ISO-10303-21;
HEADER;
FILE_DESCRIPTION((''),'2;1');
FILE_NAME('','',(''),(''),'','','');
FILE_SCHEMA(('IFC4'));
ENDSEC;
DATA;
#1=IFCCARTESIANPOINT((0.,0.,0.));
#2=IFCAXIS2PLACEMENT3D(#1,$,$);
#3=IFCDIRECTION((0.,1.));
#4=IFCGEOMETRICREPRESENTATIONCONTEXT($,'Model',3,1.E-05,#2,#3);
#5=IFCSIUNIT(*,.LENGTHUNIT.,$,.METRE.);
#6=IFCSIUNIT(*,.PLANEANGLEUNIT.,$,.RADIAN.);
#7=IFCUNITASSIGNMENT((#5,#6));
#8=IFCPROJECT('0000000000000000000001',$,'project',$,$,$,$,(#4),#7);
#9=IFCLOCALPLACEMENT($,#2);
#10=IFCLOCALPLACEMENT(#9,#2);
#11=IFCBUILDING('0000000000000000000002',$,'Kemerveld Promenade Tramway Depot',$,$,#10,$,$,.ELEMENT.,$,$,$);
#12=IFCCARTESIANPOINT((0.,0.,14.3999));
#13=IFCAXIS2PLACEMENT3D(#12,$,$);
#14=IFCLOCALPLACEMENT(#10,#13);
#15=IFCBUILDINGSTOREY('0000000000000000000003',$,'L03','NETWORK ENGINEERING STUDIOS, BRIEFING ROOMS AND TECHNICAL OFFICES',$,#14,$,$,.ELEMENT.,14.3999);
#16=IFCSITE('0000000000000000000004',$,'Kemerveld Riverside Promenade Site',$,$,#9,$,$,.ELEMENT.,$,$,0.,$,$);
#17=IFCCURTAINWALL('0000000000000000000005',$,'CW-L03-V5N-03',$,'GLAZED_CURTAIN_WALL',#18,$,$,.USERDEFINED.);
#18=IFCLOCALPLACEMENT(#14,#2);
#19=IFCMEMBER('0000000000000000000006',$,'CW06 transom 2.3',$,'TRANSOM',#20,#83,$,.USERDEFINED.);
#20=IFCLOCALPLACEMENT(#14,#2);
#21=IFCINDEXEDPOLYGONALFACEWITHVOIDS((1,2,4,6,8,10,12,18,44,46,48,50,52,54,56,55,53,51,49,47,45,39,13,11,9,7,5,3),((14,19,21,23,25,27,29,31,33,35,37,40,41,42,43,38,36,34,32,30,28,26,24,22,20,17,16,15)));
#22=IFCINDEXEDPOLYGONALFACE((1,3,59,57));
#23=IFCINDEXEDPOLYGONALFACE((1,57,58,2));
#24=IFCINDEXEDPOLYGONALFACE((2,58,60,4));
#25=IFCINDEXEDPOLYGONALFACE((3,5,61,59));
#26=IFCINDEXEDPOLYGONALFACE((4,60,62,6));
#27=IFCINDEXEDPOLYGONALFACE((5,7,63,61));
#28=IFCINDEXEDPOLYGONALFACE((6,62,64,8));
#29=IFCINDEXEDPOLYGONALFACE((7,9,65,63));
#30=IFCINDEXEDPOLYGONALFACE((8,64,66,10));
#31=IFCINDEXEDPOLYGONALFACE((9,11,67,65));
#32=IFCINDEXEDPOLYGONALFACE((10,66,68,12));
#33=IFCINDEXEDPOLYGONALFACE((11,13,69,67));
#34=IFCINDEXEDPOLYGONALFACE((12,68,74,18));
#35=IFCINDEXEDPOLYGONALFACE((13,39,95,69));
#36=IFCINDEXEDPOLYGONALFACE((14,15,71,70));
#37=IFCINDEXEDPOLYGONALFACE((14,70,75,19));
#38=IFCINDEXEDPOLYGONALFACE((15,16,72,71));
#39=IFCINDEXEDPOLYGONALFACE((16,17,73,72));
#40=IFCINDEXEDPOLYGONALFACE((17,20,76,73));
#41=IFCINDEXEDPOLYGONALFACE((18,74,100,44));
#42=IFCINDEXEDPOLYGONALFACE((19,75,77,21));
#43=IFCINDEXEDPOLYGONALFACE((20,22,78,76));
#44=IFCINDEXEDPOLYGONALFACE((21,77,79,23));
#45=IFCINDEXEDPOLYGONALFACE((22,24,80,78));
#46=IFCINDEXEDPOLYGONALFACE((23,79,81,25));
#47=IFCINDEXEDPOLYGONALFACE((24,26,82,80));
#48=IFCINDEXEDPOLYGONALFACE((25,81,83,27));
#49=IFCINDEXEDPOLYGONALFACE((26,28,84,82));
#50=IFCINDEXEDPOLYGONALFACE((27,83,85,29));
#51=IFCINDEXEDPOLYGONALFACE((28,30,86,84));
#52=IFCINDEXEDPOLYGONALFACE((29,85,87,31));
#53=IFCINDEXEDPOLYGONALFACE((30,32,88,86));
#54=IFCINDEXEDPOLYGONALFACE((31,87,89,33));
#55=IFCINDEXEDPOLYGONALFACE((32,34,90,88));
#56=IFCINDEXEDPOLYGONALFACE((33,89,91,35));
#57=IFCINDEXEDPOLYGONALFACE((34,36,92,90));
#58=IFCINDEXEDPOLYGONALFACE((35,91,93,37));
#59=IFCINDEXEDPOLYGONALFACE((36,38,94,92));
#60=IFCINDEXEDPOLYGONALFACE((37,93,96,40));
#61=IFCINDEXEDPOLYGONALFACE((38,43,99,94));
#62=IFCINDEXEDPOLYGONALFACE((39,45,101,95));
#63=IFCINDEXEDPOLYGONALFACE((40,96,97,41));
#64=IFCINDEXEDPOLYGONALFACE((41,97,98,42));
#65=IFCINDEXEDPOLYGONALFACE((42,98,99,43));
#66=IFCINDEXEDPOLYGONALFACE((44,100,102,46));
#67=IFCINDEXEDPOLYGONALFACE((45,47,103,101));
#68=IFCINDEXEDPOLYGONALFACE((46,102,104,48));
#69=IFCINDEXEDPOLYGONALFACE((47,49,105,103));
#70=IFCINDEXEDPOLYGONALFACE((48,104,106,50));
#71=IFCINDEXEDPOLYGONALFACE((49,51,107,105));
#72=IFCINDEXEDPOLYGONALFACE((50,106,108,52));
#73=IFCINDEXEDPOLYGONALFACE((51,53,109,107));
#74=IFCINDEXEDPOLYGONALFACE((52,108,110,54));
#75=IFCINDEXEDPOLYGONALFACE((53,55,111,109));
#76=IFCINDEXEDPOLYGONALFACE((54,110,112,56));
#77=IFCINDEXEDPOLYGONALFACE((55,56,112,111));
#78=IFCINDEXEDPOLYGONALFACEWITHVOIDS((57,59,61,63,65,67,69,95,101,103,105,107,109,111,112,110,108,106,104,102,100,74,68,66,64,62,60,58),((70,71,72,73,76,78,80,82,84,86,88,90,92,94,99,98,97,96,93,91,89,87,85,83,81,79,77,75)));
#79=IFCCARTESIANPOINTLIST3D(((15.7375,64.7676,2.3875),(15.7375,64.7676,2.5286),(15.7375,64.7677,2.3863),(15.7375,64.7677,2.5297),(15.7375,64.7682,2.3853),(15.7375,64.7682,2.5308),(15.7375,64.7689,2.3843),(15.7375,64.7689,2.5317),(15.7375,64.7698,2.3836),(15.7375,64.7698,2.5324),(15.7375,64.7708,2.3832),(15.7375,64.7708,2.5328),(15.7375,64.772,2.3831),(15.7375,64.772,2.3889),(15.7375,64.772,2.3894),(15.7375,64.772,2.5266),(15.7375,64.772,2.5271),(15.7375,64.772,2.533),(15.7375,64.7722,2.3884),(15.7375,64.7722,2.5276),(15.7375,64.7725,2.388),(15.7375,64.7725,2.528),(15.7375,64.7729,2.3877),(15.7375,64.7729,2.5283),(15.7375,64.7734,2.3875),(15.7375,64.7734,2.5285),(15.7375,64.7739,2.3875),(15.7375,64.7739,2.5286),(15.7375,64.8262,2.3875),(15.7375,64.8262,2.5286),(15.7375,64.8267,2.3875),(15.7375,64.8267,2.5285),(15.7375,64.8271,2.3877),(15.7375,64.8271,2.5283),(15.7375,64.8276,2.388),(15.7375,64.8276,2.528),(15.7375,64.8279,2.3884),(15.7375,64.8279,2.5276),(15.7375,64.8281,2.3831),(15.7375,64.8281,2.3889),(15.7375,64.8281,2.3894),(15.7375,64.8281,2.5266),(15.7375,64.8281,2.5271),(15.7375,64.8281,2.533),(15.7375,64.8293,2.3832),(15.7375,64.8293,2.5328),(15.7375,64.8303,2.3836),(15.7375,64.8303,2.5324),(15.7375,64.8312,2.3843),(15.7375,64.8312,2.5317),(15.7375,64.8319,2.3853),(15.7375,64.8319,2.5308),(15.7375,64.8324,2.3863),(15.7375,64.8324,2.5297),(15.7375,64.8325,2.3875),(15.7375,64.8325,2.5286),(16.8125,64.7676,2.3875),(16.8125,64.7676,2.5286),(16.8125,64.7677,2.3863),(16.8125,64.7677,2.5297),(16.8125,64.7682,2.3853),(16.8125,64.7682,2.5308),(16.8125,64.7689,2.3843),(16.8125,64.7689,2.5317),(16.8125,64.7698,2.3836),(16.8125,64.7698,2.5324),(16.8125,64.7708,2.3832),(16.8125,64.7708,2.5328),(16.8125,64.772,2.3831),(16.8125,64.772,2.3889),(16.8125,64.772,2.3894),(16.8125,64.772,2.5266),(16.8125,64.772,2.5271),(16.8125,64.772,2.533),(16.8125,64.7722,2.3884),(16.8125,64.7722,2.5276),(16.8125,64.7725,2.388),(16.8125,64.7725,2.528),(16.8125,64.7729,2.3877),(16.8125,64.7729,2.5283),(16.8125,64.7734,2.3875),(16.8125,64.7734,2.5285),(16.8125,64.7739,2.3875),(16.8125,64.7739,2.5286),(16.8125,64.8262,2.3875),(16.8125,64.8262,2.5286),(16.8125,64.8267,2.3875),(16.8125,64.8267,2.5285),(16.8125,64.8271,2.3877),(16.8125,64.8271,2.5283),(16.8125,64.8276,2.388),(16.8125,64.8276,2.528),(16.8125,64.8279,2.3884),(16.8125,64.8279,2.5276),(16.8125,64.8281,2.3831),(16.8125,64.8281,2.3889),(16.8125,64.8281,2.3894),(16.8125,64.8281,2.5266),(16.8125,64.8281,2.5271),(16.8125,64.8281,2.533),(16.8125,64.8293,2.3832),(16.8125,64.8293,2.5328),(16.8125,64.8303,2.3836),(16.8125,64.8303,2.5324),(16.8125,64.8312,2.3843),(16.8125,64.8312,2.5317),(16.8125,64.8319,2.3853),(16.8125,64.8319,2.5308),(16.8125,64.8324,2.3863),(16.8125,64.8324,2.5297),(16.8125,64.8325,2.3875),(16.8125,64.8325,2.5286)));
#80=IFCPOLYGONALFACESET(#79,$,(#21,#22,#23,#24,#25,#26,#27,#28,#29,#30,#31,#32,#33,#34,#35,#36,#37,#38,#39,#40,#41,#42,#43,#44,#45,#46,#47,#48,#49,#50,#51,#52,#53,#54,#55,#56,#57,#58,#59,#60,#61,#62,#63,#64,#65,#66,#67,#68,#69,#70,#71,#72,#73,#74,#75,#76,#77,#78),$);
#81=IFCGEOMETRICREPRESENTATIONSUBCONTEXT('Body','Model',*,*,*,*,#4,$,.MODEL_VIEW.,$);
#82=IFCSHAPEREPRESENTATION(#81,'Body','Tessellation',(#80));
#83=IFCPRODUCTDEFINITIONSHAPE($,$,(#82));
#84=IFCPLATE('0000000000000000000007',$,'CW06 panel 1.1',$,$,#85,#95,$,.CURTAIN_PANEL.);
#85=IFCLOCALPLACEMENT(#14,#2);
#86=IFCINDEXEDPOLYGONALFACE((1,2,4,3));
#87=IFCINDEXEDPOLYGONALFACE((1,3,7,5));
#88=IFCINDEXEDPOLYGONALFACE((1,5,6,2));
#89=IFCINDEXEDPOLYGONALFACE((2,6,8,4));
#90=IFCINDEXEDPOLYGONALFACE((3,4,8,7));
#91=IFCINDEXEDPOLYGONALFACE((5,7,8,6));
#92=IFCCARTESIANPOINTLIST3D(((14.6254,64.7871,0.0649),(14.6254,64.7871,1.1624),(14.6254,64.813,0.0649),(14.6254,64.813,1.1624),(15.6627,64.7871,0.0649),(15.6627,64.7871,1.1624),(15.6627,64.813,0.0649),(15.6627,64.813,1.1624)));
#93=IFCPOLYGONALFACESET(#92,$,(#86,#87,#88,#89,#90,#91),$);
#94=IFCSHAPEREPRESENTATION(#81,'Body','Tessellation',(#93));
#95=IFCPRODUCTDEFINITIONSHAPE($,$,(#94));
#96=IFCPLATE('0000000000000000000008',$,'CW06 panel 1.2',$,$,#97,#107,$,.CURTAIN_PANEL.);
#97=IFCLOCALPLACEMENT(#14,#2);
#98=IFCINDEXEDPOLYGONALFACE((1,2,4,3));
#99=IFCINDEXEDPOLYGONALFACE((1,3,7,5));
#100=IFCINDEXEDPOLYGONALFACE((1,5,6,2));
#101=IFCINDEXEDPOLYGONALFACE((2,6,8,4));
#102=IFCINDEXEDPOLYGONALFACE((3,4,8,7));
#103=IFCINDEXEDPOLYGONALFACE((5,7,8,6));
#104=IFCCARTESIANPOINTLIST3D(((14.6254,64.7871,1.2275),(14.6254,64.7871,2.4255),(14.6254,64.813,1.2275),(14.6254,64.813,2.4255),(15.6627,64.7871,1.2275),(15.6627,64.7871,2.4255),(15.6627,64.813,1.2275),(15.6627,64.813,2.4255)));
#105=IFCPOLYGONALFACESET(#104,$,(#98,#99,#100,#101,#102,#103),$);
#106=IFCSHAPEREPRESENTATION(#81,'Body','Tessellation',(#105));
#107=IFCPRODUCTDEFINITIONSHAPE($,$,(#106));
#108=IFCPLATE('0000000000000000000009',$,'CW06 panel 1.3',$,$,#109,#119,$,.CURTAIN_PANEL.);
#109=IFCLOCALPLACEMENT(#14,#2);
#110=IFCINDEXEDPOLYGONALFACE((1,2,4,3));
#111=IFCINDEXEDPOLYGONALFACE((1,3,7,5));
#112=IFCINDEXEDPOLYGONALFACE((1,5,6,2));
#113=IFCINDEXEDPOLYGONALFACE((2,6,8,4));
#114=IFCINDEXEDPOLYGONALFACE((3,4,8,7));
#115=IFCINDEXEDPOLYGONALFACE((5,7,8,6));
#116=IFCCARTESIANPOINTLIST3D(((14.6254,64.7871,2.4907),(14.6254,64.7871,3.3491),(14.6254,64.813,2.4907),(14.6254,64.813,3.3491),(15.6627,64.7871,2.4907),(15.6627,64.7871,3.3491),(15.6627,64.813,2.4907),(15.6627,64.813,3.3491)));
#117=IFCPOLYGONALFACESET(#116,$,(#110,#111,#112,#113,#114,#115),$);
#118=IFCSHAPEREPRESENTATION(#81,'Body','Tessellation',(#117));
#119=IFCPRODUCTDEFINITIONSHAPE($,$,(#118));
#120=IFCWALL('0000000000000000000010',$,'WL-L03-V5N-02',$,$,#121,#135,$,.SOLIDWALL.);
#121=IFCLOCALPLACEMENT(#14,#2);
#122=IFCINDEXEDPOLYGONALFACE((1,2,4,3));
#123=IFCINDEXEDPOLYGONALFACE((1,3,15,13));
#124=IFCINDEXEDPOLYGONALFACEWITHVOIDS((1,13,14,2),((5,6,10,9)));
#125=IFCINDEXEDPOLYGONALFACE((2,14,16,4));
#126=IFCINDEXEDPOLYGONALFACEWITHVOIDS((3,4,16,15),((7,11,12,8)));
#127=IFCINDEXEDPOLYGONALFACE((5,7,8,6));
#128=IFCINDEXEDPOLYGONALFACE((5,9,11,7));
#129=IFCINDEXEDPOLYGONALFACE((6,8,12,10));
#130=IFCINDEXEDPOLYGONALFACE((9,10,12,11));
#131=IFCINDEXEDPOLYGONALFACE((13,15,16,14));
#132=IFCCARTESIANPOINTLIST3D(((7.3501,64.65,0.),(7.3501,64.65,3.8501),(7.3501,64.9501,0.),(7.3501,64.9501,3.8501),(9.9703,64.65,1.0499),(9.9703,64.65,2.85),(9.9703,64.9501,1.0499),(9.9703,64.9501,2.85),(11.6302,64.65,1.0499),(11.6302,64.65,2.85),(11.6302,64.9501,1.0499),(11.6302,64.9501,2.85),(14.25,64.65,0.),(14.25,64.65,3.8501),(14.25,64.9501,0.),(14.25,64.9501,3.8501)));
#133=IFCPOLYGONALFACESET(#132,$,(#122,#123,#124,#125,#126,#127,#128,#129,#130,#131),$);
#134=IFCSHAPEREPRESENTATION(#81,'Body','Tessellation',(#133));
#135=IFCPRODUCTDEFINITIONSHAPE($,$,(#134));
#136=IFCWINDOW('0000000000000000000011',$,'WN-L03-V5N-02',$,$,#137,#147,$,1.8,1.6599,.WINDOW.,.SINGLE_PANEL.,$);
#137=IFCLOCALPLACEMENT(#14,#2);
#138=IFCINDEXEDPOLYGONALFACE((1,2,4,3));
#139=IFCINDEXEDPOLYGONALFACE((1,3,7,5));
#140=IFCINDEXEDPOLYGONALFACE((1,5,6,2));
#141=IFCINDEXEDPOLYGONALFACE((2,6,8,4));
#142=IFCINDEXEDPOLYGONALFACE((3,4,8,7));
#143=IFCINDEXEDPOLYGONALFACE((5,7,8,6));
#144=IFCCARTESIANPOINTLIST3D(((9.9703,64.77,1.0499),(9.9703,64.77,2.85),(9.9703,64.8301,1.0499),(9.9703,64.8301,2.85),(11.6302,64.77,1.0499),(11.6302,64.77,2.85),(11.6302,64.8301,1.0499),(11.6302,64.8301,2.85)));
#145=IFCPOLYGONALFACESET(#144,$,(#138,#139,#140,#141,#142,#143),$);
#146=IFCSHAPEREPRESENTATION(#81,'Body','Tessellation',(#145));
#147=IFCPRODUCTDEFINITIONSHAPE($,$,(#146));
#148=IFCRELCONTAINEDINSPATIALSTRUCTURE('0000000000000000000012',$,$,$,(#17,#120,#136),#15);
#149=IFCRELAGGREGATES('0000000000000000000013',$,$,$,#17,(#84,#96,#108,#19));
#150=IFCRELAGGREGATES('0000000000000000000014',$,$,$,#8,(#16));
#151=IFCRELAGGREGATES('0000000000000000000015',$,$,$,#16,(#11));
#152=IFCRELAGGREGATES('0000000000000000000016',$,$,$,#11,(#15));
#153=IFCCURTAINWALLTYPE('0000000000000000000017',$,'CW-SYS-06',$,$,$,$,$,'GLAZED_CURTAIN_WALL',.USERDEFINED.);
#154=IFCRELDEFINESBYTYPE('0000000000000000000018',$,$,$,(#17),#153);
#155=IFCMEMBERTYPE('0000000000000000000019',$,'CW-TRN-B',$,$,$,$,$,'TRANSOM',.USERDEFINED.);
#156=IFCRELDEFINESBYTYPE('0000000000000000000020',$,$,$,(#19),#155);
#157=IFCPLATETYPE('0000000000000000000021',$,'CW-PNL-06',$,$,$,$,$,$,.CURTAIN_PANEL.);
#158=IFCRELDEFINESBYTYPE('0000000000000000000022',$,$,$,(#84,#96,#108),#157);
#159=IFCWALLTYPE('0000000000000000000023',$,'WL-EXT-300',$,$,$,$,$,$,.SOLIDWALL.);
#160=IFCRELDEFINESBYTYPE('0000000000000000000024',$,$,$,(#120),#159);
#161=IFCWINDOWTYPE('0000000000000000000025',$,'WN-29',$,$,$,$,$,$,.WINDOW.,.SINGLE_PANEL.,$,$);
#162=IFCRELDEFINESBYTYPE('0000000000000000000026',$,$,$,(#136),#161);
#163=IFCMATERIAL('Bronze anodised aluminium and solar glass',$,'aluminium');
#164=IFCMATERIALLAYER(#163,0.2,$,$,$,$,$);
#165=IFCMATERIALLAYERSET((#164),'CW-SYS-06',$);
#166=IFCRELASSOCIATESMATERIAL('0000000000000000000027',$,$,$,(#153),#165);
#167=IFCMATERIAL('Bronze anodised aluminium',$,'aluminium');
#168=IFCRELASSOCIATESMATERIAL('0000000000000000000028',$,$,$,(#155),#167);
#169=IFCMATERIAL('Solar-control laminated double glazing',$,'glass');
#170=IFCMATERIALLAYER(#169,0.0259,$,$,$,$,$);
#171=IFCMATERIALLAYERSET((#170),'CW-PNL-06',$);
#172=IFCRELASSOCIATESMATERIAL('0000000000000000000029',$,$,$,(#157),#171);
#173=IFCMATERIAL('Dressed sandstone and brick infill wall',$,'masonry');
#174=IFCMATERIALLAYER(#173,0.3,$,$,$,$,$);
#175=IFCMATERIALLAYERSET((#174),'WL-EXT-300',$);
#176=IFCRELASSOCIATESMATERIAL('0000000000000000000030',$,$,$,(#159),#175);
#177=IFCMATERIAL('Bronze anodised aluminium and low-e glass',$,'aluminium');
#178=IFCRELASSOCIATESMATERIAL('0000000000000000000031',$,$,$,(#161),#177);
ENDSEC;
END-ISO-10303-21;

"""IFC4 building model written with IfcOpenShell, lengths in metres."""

from ifc_helpers import new_model, si_unit, direction, frame, frame_2d, origin, origin_2d, place, context, subcontext, project, spatial, rectangle, hollow_rectangle, extrude, material, layer, layer_set, material_profile, profile_set, type_object, element, fill, aggregate, save


model = new_model("IFC4")

# Units and contexts
model_context = context("Model", 3, precision=1e-05, world=origin(), true_north=direction((0.0, 1.0)))
body_context = subcontext(model_context, "Body", "Model", "MODEL_VIEW")
ifc_project = project(units=[si_unit("LENGTHUNIT", "METRE"), si_unit("PLANEANGLEUNIT", "RADIAN")], contexts=[model_context])

# Site, building, storey
site_placement = place(None, origin())
site = spatial("IfcSite", under=ifc_project, at=site_placement, Name="Kemerveld Riverside Promenade Site", CompositionType="ELEMENT", RefElevation=0.0)
building_placement = place(site_placement, origin())
building = spatial("IfcBuilding", under=site, at=building_placement, Name="Kemerveld Promenade Tramway Depot", CompositionType="ELEMENT")
storey_placement = place(building_placement, frame((0.0, 0.0, 14.3999)))
storey = spatial("IfcBuildingStorey", under=building, at=storey_placement, Name="L03", Description="NETWORK ENGINEERING STUDIOS, BRIEFING ROOMS AND TECHNICAL OFFICES", CompositionType="ELEMENT", Elevation=14.3999)

# Curtain wall, member, plates
ifc_material_1 = material(Name="Bronze anodised aluminium and solar glass", Category="aluminium")
ifc_layer_1 = layer(ifc_material_1, 0.2)
ifc_layer_set_1 = layer_set([ifc_layer_1], Name="CW-SYS-06")
curtain_wall_type = type_object("IfcCurtainWallType", Name="CW-SYS-06", ElementType="GLAZED_CURTAIN_WALL", PredefinedType="USERDEFINED", material=ifc_layer_set_1)
curtain_wall_placement = place(storey_placement, origin())
curtain_wall = element("IfcCurtainWall", 1, at=curtain_wall_placement, inside=storey, type_object=curtain_wall_type, Name="CW-L03-V5N-03", ObjectType="GLAZED_CURTAIN_WALL", PredefinedType="USERDEFINED")
ifc_material_2 = material(Name="Bronze anodised aluminium", Category="aluminium")
ifc_material_profile_1 = material_profile(ifc_material_2, hollow_rectangle(XDim=0.0649, YDim=0.1499, WallThickness=0.0044, InnerFilletRadius=0.002, OuterFilletRadius=0.0044, at=origin_2d()), Name="CW-TRN-150x65")
ifc_profile_set_1 = profile_set([ifc_material_profile_1], Name="Bronze anodised aluminium")
member_type_1 = type_object("IfcMemberType", Name="CW-TRN-B", ElementType="TRANSOM", PredefinedType="USERDEFINED", material=ifc_profile_set_1)
member_1_placement = place(storey_placement, frame((15.7375, 64.8, 2.458), z_axis=(1.0, 0.0, 0.0), x_axis=(0.0, 1.0, 0.0)))
member_1 = element("IfcMember", 2, at=member_1_placement, type_object=member_type_1, Name="CW06 transom 2.3", ObjectType="TRANSOM", PredefinedType="USERDEFINED", context=body_context, shape_type="SweptSolid", body=[
    extrude(hollow_rectangle(XDim=0.0649, YDim=0.1499, WallThickness=0.0044, InnerFilletRadius=0.002, OuterFilletRadius=0.0044, at=origin_2d()), origin(), (0.0, 0.0, 1.0), 1.075),
])
ifc_material_3 = material(Name="Solar-control laminated double glazing", Category="glass")
ifc_layer_2 = layer(ifc_material_3, 0.0259)
ifc_layer_set_2 = layer_set([ifc_layer_2], Name="CW-PNL-06")
plate_type = type_object("IfcPlateType", Name="CW-PNL-06", PredefinedType="CURTAIN_PANEL", material=ifc_layer_set_2)
plate_1_placement = place(storey_placement, frame((15.144, 64.8, 0.0649), z_axis=(0.0, 0.0, 1.0), x_axis=(1.0, 0.0, 0.0)))
plate_1 = element("IfcPlate", 3, at=plate_1_placement, type_object=plate_type, Name="CW06 panel 1.1", PredefinedType="CURTAIN_PANEL", context=body_context, shape_type="SweptSolid", body=[
    extrude(rectangle(XDim=1.0374, YDim=0.0259, at=origin_2d()), origin(), (0.0, 0.0, 1.0), 1.0974),
])
plate_2_placement = place(storey_placement, frame((15.144, 64.8, 1.2275), z_axis=(0.0, 0.0, 1.0), x_axis=(1.0, 0.0, 0.0)))
plate_2 = element("IfcPlate", 4, at=plate_2_placement, type_object=plate_type, Name="CW06 panel 1.2", PredefinedType="CURTAIN_PANEL", context=body_context, shape_type="SweptSolid", body=[
    extrude(rectangle(XDim=1.0374, YDim=0.0259, at=origin_2d()), origin(), (0.0, 0.0, 1.0), 1.198),
])
plate_3_placement = place(storey_placement, frame((15.144, 64.8, 2.4907), z_axis=(0.0, 0.0, 1.0), x_axis=(1.0, 0.0, 0.0)))
plate_3 = element("IfcPlate", 5, at=plate_3_placement, type_object=plate_type, Name="CW06 panel 1.3", PredefinedType="CURTAIN_PANEL", context=body_context, shape_type="SweptSolid", body=[
    extrude(rectangle(XDim=1.0374, YDim=0.0259, at=origin_2d()), origin(), (0.0, 0.0, 1.0), 0.8584),
])
aggregate(curtain_wall, [plate_1, plate_2, plate_3, member_1])

# Wall, opening, window
ifc_material_4 = material(Name="Dressed sandstone and brick infill wall", Category="masonry")
ifc_layer_3 = layer(ifc_material_4, 0.3)
ifc_layer_set_3 = layer_set([ifc_layer_3], Name="WL-EXT-300")
wall_type = type_object("IfcWallType", Name="WL-EXT-300", PredefinedType="SOLIDWALL", material=ifc_layer_set_3)
wall_placement = place(storey_placement, frame((7.3501, 64.8, 0.0), z_axis=(0.0, 0.0, 1.0), x_axis=(1.0, 0.0, 0.0)))
wall = element("IfcWall", 6, at=wall_placement, inside=storey, type_object=wall_type, Name="WL-L03-V5N-02", PredefinedType="SOLIDWALL", context=body_context, shape_type="SweptSolid", body=[
    extrude(rectangle(XDim=6.8999, YDim=0.3, at=frame_2d((3.45, 0.0))), origin(), (0.0, 0.0, 1.0), 3.8501),
])
opening_placement = place(wall_placement, frame((2.6201, 0.0, 1.05)))
opening = element("IfcOpeningElement", 7, at=opening_placement, cuts=wall, PredefinedType="OPENING", context=body_context, shape_type="SweptSolid", body=[
    extrude(rectangle(XDim=1.6599, YDim=1.8, at=frame_2d((0.8301, 0.8999))), frame((0.0, 0.1599, 0.0), z_axis=(0.0, -1.0, 0.0), x_axis=(1.0, 0.0, 0.0)), (0.0, 0.0, 1.0), 0.3201),
])
ifc_material_5 = material(Name="Bronze anodised aluminium and low-e glass", Category="aluminium")
window_type = type_object("IfcWindowType", Name="WN-29", PartitioningType="SINGLE_PANEL", PredefinedType="WINDOW", material=ifc_material_5)
window_placement = place(opening_placement, origin())
window = element("IfcWindow", 8, at=window_placement, inside=storey, type_object=window_type, Name="WN-L03-V5N-02", OverallHeight=1.8, OverallWidth=1.6599, PartitioningType="SINGLE_PANEL", PredefinedType="WINDOW", context=body_context, shape_type="SweptSolid", body=[
    extrude(rectangle(XDim=1.6599, YDim=1.8, at=frame_2d((0.8301, 0.8999))), frame((0.0, 0.03, 0.0), z_axis=(0.0, -1.0, 0.0), x_axis=(1.0, 0.0, 0.0)), (0.0, 0.0, 1.0), 0.0601),
])
fill(opening, window)

save(model, "model.ifc")
